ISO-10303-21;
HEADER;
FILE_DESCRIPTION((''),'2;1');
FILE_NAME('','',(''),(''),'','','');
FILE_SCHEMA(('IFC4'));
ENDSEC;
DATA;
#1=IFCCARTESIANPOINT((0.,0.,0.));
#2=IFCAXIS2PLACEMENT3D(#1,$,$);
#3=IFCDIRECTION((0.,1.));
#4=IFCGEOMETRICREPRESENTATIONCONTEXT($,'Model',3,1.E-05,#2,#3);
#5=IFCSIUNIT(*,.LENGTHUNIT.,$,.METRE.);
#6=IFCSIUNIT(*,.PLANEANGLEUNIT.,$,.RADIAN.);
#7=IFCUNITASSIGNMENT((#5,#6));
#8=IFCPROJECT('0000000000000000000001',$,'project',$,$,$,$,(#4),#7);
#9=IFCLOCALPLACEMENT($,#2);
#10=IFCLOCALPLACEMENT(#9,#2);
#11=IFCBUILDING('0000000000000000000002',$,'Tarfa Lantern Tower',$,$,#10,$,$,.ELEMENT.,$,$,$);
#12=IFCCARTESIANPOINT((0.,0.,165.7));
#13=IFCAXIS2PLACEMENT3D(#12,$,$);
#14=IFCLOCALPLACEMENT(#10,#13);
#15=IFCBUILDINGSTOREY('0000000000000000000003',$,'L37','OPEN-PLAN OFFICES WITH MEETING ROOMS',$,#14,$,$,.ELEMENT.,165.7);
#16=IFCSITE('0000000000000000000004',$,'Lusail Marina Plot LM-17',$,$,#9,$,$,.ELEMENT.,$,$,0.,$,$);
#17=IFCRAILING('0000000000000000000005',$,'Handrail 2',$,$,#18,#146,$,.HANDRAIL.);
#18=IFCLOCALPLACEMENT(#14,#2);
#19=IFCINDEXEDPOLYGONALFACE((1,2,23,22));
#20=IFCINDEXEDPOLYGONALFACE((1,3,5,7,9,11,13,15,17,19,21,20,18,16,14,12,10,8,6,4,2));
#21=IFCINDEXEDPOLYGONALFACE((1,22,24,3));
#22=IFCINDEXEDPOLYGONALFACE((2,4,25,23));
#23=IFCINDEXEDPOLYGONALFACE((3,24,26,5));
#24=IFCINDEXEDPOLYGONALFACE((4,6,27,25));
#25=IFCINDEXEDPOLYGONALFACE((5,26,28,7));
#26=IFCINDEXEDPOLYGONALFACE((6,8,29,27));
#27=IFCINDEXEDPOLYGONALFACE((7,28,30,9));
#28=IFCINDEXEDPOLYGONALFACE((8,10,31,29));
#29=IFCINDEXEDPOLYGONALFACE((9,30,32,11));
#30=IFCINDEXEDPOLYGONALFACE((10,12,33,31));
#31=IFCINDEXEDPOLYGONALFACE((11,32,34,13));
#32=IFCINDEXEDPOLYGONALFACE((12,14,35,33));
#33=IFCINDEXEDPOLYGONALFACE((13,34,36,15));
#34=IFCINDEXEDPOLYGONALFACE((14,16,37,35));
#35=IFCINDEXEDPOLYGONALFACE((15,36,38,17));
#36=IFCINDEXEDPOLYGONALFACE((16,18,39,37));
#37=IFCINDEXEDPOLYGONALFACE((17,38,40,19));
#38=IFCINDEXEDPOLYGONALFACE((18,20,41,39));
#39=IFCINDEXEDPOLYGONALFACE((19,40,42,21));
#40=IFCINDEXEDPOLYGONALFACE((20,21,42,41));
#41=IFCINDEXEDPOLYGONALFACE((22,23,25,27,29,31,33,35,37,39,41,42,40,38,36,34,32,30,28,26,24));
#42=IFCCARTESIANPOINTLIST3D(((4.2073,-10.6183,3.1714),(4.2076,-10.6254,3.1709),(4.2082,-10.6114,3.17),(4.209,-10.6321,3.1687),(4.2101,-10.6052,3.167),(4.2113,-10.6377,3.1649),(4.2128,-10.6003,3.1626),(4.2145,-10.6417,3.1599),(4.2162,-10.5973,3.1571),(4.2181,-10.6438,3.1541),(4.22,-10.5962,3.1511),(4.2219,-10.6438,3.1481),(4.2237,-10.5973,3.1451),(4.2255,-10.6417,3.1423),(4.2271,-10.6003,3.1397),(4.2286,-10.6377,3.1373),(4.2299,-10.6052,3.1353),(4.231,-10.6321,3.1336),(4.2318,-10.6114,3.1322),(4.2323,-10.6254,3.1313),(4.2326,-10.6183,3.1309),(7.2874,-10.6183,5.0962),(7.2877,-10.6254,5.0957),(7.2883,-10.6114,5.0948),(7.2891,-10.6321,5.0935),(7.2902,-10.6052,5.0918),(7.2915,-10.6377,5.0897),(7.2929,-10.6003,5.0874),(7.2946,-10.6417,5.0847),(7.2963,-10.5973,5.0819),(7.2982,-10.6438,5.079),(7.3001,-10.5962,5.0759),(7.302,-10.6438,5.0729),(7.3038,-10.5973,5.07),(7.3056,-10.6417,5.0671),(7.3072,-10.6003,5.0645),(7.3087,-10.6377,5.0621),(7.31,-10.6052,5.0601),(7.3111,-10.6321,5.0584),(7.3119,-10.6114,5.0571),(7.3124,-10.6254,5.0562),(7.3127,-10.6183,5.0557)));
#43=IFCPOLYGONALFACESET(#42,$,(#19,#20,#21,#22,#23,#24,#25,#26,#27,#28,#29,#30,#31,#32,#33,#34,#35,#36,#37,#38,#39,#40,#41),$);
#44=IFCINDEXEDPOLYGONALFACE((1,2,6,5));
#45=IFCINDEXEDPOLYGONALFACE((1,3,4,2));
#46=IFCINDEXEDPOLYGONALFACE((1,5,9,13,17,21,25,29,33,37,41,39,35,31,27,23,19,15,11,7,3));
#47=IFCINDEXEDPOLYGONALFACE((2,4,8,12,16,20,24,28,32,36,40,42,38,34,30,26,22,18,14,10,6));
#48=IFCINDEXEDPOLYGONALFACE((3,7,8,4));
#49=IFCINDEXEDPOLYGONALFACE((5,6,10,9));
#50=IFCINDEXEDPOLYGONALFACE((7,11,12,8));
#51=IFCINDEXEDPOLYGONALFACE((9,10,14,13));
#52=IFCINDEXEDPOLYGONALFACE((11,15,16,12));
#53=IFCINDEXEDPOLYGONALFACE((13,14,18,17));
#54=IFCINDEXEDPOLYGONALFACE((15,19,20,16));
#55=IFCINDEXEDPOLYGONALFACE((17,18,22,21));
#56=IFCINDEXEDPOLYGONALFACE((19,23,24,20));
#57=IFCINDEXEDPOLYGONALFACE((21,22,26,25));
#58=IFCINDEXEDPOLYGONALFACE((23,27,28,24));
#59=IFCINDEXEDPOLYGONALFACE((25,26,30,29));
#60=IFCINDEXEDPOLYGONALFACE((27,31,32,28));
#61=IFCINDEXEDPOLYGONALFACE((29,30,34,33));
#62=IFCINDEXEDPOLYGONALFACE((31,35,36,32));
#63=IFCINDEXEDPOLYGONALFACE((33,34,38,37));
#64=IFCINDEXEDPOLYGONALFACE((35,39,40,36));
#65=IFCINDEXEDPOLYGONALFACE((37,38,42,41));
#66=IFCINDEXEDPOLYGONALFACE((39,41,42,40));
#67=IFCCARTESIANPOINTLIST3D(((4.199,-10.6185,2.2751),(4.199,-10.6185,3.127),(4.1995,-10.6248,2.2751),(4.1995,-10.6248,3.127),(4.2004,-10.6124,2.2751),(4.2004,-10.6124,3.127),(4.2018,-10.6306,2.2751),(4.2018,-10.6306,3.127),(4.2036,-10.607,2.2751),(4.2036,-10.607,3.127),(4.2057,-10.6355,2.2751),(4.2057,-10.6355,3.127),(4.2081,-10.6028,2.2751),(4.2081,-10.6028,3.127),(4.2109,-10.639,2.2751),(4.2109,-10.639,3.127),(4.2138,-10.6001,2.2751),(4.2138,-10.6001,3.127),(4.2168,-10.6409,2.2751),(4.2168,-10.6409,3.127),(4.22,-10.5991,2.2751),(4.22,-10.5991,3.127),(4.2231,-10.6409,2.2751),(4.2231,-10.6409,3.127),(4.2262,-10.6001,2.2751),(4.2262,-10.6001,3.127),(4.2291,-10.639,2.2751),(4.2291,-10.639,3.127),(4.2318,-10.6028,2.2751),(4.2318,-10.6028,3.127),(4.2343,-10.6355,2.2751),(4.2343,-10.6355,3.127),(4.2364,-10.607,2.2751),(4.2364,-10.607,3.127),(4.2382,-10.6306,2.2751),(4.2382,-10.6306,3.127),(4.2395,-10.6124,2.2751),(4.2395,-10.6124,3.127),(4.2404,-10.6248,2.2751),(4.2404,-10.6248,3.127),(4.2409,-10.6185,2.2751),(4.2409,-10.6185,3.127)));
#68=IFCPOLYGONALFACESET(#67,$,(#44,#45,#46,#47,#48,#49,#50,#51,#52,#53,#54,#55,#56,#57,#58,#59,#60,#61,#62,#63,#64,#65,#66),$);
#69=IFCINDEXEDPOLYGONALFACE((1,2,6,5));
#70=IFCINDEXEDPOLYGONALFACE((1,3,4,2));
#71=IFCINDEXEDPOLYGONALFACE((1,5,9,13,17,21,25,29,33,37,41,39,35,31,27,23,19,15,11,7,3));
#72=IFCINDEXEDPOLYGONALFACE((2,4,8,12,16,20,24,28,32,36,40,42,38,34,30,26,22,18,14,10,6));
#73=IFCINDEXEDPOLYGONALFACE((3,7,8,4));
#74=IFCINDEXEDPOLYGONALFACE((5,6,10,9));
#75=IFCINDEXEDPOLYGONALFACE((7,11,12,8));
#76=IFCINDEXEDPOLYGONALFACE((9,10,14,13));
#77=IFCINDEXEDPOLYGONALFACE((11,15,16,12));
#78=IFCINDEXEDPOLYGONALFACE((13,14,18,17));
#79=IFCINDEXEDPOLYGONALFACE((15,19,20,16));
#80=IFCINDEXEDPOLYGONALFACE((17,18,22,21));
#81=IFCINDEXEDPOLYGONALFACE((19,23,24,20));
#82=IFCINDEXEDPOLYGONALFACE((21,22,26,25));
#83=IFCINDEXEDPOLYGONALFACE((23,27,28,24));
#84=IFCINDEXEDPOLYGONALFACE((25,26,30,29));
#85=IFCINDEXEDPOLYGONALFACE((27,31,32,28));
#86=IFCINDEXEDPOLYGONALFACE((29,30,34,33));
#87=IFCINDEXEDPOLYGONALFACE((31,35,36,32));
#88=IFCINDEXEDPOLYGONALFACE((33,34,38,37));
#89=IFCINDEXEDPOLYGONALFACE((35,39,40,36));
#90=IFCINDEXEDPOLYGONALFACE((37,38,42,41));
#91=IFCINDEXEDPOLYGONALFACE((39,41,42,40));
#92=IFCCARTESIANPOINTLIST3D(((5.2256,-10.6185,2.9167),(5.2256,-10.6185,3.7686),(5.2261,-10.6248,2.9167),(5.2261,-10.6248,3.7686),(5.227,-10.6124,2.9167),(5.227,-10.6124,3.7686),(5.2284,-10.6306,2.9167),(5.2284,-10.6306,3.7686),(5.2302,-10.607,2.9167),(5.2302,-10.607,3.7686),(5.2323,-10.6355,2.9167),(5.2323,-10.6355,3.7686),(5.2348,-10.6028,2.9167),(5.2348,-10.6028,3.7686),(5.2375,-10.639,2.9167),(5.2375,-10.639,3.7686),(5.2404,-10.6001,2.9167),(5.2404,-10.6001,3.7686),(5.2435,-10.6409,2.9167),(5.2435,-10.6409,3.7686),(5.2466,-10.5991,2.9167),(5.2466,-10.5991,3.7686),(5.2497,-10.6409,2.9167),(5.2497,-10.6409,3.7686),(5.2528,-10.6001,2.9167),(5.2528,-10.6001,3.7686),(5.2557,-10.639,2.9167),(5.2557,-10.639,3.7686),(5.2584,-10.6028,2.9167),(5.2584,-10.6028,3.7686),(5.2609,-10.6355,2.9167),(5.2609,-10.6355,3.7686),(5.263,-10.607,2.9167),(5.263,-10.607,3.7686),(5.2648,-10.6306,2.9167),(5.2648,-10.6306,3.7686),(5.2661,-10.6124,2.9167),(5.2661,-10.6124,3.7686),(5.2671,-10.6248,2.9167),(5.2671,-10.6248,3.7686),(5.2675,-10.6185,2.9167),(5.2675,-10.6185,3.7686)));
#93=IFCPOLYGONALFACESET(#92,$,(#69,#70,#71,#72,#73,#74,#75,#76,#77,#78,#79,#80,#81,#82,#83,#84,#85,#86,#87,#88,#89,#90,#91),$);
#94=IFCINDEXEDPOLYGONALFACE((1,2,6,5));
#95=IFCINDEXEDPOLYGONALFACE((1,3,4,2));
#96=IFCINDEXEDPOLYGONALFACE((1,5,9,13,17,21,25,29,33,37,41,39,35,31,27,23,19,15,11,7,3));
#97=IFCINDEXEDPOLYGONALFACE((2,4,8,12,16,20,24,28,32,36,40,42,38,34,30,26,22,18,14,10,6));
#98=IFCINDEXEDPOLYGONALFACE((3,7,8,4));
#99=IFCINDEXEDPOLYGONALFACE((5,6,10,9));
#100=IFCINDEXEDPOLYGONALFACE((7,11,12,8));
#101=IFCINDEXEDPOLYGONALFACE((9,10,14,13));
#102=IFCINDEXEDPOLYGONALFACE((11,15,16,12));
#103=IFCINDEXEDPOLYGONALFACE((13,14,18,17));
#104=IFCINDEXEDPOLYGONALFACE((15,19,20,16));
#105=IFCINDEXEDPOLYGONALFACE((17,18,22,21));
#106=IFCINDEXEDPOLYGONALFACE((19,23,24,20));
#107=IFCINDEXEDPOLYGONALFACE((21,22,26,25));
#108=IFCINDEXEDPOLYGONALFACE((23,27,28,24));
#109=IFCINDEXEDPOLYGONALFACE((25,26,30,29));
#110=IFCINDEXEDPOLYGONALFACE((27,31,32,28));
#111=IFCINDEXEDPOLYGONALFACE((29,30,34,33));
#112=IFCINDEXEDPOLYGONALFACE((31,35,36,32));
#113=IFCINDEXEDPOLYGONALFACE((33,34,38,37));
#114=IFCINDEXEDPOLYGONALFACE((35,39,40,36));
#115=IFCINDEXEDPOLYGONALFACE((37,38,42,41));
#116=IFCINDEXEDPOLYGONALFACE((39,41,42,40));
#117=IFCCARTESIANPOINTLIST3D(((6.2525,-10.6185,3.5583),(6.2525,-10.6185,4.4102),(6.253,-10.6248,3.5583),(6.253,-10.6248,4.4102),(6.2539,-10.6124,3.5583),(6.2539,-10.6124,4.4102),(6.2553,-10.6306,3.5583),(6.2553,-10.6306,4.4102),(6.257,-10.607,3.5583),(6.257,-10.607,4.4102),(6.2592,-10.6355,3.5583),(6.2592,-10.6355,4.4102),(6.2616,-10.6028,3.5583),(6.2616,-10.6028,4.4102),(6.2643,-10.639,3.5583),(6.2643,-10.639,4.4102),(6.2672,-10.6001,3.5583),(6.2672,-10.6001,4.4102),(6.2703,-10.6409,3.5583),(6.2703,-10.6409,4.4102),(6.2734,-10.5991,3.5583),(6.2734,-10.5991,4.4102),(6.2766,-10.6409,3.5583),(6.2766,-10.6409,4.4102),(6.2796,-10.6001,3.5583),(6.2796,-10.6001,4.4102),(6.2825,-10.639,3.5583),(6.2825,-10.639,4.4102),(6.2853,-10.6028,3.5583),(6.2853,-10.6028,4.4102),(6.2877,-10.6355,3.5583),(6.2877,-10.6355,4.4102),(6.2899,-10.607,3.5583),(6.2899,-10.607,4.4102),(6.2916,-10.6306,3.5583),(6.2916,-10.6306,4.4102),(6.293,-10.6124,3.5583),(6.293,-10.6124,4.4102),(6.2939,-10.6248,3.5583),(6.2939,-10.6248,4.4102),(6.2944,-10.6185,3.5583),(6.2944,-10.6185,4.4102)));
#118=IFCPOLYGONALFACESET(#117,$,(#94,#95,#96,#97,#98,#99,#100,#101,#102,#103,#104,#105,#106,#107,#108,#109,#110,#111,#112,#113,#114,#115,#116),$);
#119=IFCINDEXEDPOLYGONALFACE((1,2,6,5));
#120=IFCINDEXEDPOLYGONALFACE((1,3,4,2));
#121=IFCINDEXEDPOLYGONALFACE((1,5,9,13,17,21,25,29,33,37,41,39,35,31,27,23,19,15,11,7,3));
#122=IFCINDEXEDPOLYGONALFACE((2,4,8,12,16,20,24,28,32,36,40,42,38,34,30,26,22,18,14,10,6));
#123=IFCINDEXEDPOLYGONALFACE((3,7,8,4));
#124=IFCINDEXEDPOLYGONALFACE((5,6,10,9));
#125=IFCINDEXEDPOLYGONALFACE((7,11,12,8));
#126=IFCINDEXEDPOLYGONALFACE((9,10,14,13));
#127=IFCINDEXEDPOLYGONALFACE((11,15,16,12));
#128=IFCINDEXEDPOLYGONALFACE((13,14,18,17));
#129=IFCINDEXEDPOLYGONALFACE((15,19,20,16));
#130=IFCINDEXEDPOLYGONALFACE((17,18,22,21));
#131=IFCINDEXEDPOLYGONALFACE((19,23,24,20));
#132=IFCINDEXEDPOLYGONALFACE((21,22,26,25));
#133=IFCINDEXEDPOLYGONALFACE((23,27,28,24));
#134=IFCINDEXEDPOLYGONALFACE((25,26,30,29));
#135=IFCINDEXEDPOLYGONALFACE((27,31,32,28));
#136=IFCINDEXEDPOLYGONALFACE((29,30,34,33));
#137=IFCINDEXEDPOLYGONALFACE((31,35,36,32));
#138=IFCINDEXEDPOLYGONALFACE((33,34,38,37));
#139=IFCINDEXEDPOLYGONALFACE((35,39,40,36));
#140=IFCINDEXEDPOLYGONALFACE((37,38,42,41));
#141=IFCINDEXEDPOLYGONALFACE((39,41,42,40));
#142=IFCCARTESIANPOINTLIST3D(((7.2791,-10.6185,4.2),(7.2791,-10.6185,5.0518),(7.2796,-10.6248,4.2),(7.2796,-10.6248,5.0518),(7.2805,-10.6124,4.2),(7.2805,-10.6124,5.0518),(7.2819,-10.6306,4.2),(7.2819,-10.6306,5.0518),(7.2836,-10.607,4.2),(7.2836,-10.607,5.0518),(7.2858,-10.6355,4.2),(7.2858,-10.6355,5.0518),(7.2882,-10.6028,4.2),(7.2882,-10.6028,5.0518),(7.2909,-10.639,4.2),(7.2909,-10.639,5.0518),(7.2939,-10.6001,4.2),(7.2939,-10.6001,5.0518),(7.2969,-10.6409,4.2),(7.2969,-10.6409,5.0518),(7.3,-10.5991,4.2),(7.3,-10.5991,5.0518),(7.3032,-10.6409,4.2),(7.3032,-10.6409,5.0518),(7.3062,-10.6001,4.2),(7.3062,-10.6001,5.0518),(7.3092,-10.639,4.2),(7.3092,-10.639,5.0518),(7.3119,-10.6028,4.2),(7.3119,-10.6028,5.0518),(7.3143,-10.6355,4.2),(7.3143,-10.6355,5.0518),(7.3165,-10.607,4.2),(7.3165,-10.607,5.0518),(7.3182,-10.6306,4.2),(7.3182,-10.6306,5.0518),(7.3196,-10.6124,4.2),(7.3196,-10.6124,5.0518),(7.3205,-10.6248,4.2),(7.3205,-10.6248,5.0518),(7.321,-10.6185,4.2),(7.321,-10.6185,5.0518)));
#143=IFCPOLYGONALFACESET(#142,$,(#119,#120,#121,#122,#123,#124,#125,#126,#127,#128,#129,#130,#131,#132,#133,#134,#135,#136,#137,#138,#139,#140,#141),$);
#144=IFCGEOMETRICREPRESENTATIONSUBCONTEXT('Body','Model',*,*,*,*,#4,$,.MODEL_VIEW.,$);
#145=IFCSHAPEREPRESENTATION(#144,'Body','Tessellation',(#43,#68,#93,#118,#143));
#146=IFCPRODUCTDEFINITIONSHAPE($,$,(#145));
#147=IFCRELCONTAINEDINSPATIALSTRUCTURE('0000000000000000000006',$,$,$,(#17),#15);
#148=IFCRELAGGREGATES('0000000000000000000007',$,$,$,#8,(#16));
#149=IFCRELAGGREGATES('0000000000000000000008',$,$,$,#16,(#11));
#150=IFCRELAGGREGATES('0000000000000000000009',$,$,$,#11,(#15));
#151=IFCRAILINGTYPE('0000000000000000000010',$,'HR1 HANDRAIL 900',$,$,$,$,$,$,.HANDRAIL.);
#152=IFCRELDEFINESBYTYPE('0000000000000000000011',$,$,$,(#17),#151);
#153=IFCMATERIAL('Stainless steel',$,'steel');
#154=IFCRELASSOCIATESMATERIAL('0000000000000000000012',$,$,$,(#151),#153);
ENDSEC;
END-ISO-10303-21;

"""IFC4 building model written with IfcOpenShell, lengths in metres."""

from ifc_helpers import new_model, si_unit, direction, frame, origin, origin_2d, place, context, subcontext, project, spatial, circle, extrude, material, type_object, element, save


model = new_model("IFC4")

# Units and contexts
model_context = context("Model", 3, precision=1e-05, world=origin(), true_north=direction((0.0, 1.0)))
body_context = subcontext(model_context, "Body", "Model", "MODEL_VIEW")
ifc_project = project(units=[si_unit("LENGTHUNIT", "METRE"), si_unit("PLANEANGLEUNIT", "RADIAN")], contexts=[model_context])

# Site, building, storey
site_placement = place(None, origin())
site = spatial("IfcSite", under=ifc_project, at=site_placement, Name="Lusail Marina Plot LM-17", CompositionType="ELEMENT", RefElevation=0.0)
building_placement = place(site_placement, origin())
building = spatial("IfcBuilding", under=site, at=building_placement, Name="Tarfa Lantern Tower", CompositionType="ELEMENT")
storey_placement = place(building_placement, frame((0.0, 0.0, 165.7)))
storey = spatial("IfcBuildingStorey", under=building, at=storey_placement, Name="L37", Description="OPEN-PLAN OFFICES WITH MEETING ROOMS", CompositionType="ELEMENT", Elevation=165.7)

# Railing
ifc_material_1 = material(Name="Stainless steel", Category="steel")
railing_type = type_object("IfcRailingType", Name="HR1 HANDRAIL 900", PredefinedType="HANDRAIL", material=ifc_material_1)
railing_1_placement = place(storey_placement, frame((4.22, -10.6201, 2.2751)))
element("IfcRailing", 1, at=railing_1_placement, inside=storey, type_object=railing_type, Name="Handrail 2", PredefinedType="HANDRAIL", context=body_context, shape_type="SweptSolid", body=[
    extrude(circle(Radius=0.0239, at=origin_2d()), frame((0.0, 0.0, 0.876), z_axis=(0.848029, 0.0, 0.529951), x_axis=(0.0, 1.0, 0.0)), (0.0, 0.0, 1.0), 3.6321),
    extrude(circle(Radius=0.021, at=origin_2d()), frame((0.0, 0.0, 0.0), z_axis=(0.0, 0.0, 1.0), x_axis=(0.0, 1.0, 0.0)), (0.0, 0.0, 1.0), 0.8518),
    extrude(circle(Radius=0.021, at=origin_2d()), frame((1.0266, 0.0, 0.6416), z_axis=(0.0, 0.0, 1.0), x_axis=(0.0, 1.0, 0.0)), (0.0, 0.0, 1.0), 0.8518),
    extrude(circle(Radius=0.021, at=origin_2d()), frame((2.0535, 0.0, 1.2832), z_axis=(0.0, 0.0, 1.0), x_axis=(0.0, 1.0, 0.0)), (0.0, 0.0, 1.0), 0.8518),
    extrude(circle(Radius=0.021, at=origin_2d()), frame((3.0801, 0.0, 1.9248), z_axis=(0.0, 0.0, 1.0), x_axis=(0.0, 1.0, 0.0)), (0.0, 0.0, 1.0), 0.8518),
])

save(model, "model.ifc")
